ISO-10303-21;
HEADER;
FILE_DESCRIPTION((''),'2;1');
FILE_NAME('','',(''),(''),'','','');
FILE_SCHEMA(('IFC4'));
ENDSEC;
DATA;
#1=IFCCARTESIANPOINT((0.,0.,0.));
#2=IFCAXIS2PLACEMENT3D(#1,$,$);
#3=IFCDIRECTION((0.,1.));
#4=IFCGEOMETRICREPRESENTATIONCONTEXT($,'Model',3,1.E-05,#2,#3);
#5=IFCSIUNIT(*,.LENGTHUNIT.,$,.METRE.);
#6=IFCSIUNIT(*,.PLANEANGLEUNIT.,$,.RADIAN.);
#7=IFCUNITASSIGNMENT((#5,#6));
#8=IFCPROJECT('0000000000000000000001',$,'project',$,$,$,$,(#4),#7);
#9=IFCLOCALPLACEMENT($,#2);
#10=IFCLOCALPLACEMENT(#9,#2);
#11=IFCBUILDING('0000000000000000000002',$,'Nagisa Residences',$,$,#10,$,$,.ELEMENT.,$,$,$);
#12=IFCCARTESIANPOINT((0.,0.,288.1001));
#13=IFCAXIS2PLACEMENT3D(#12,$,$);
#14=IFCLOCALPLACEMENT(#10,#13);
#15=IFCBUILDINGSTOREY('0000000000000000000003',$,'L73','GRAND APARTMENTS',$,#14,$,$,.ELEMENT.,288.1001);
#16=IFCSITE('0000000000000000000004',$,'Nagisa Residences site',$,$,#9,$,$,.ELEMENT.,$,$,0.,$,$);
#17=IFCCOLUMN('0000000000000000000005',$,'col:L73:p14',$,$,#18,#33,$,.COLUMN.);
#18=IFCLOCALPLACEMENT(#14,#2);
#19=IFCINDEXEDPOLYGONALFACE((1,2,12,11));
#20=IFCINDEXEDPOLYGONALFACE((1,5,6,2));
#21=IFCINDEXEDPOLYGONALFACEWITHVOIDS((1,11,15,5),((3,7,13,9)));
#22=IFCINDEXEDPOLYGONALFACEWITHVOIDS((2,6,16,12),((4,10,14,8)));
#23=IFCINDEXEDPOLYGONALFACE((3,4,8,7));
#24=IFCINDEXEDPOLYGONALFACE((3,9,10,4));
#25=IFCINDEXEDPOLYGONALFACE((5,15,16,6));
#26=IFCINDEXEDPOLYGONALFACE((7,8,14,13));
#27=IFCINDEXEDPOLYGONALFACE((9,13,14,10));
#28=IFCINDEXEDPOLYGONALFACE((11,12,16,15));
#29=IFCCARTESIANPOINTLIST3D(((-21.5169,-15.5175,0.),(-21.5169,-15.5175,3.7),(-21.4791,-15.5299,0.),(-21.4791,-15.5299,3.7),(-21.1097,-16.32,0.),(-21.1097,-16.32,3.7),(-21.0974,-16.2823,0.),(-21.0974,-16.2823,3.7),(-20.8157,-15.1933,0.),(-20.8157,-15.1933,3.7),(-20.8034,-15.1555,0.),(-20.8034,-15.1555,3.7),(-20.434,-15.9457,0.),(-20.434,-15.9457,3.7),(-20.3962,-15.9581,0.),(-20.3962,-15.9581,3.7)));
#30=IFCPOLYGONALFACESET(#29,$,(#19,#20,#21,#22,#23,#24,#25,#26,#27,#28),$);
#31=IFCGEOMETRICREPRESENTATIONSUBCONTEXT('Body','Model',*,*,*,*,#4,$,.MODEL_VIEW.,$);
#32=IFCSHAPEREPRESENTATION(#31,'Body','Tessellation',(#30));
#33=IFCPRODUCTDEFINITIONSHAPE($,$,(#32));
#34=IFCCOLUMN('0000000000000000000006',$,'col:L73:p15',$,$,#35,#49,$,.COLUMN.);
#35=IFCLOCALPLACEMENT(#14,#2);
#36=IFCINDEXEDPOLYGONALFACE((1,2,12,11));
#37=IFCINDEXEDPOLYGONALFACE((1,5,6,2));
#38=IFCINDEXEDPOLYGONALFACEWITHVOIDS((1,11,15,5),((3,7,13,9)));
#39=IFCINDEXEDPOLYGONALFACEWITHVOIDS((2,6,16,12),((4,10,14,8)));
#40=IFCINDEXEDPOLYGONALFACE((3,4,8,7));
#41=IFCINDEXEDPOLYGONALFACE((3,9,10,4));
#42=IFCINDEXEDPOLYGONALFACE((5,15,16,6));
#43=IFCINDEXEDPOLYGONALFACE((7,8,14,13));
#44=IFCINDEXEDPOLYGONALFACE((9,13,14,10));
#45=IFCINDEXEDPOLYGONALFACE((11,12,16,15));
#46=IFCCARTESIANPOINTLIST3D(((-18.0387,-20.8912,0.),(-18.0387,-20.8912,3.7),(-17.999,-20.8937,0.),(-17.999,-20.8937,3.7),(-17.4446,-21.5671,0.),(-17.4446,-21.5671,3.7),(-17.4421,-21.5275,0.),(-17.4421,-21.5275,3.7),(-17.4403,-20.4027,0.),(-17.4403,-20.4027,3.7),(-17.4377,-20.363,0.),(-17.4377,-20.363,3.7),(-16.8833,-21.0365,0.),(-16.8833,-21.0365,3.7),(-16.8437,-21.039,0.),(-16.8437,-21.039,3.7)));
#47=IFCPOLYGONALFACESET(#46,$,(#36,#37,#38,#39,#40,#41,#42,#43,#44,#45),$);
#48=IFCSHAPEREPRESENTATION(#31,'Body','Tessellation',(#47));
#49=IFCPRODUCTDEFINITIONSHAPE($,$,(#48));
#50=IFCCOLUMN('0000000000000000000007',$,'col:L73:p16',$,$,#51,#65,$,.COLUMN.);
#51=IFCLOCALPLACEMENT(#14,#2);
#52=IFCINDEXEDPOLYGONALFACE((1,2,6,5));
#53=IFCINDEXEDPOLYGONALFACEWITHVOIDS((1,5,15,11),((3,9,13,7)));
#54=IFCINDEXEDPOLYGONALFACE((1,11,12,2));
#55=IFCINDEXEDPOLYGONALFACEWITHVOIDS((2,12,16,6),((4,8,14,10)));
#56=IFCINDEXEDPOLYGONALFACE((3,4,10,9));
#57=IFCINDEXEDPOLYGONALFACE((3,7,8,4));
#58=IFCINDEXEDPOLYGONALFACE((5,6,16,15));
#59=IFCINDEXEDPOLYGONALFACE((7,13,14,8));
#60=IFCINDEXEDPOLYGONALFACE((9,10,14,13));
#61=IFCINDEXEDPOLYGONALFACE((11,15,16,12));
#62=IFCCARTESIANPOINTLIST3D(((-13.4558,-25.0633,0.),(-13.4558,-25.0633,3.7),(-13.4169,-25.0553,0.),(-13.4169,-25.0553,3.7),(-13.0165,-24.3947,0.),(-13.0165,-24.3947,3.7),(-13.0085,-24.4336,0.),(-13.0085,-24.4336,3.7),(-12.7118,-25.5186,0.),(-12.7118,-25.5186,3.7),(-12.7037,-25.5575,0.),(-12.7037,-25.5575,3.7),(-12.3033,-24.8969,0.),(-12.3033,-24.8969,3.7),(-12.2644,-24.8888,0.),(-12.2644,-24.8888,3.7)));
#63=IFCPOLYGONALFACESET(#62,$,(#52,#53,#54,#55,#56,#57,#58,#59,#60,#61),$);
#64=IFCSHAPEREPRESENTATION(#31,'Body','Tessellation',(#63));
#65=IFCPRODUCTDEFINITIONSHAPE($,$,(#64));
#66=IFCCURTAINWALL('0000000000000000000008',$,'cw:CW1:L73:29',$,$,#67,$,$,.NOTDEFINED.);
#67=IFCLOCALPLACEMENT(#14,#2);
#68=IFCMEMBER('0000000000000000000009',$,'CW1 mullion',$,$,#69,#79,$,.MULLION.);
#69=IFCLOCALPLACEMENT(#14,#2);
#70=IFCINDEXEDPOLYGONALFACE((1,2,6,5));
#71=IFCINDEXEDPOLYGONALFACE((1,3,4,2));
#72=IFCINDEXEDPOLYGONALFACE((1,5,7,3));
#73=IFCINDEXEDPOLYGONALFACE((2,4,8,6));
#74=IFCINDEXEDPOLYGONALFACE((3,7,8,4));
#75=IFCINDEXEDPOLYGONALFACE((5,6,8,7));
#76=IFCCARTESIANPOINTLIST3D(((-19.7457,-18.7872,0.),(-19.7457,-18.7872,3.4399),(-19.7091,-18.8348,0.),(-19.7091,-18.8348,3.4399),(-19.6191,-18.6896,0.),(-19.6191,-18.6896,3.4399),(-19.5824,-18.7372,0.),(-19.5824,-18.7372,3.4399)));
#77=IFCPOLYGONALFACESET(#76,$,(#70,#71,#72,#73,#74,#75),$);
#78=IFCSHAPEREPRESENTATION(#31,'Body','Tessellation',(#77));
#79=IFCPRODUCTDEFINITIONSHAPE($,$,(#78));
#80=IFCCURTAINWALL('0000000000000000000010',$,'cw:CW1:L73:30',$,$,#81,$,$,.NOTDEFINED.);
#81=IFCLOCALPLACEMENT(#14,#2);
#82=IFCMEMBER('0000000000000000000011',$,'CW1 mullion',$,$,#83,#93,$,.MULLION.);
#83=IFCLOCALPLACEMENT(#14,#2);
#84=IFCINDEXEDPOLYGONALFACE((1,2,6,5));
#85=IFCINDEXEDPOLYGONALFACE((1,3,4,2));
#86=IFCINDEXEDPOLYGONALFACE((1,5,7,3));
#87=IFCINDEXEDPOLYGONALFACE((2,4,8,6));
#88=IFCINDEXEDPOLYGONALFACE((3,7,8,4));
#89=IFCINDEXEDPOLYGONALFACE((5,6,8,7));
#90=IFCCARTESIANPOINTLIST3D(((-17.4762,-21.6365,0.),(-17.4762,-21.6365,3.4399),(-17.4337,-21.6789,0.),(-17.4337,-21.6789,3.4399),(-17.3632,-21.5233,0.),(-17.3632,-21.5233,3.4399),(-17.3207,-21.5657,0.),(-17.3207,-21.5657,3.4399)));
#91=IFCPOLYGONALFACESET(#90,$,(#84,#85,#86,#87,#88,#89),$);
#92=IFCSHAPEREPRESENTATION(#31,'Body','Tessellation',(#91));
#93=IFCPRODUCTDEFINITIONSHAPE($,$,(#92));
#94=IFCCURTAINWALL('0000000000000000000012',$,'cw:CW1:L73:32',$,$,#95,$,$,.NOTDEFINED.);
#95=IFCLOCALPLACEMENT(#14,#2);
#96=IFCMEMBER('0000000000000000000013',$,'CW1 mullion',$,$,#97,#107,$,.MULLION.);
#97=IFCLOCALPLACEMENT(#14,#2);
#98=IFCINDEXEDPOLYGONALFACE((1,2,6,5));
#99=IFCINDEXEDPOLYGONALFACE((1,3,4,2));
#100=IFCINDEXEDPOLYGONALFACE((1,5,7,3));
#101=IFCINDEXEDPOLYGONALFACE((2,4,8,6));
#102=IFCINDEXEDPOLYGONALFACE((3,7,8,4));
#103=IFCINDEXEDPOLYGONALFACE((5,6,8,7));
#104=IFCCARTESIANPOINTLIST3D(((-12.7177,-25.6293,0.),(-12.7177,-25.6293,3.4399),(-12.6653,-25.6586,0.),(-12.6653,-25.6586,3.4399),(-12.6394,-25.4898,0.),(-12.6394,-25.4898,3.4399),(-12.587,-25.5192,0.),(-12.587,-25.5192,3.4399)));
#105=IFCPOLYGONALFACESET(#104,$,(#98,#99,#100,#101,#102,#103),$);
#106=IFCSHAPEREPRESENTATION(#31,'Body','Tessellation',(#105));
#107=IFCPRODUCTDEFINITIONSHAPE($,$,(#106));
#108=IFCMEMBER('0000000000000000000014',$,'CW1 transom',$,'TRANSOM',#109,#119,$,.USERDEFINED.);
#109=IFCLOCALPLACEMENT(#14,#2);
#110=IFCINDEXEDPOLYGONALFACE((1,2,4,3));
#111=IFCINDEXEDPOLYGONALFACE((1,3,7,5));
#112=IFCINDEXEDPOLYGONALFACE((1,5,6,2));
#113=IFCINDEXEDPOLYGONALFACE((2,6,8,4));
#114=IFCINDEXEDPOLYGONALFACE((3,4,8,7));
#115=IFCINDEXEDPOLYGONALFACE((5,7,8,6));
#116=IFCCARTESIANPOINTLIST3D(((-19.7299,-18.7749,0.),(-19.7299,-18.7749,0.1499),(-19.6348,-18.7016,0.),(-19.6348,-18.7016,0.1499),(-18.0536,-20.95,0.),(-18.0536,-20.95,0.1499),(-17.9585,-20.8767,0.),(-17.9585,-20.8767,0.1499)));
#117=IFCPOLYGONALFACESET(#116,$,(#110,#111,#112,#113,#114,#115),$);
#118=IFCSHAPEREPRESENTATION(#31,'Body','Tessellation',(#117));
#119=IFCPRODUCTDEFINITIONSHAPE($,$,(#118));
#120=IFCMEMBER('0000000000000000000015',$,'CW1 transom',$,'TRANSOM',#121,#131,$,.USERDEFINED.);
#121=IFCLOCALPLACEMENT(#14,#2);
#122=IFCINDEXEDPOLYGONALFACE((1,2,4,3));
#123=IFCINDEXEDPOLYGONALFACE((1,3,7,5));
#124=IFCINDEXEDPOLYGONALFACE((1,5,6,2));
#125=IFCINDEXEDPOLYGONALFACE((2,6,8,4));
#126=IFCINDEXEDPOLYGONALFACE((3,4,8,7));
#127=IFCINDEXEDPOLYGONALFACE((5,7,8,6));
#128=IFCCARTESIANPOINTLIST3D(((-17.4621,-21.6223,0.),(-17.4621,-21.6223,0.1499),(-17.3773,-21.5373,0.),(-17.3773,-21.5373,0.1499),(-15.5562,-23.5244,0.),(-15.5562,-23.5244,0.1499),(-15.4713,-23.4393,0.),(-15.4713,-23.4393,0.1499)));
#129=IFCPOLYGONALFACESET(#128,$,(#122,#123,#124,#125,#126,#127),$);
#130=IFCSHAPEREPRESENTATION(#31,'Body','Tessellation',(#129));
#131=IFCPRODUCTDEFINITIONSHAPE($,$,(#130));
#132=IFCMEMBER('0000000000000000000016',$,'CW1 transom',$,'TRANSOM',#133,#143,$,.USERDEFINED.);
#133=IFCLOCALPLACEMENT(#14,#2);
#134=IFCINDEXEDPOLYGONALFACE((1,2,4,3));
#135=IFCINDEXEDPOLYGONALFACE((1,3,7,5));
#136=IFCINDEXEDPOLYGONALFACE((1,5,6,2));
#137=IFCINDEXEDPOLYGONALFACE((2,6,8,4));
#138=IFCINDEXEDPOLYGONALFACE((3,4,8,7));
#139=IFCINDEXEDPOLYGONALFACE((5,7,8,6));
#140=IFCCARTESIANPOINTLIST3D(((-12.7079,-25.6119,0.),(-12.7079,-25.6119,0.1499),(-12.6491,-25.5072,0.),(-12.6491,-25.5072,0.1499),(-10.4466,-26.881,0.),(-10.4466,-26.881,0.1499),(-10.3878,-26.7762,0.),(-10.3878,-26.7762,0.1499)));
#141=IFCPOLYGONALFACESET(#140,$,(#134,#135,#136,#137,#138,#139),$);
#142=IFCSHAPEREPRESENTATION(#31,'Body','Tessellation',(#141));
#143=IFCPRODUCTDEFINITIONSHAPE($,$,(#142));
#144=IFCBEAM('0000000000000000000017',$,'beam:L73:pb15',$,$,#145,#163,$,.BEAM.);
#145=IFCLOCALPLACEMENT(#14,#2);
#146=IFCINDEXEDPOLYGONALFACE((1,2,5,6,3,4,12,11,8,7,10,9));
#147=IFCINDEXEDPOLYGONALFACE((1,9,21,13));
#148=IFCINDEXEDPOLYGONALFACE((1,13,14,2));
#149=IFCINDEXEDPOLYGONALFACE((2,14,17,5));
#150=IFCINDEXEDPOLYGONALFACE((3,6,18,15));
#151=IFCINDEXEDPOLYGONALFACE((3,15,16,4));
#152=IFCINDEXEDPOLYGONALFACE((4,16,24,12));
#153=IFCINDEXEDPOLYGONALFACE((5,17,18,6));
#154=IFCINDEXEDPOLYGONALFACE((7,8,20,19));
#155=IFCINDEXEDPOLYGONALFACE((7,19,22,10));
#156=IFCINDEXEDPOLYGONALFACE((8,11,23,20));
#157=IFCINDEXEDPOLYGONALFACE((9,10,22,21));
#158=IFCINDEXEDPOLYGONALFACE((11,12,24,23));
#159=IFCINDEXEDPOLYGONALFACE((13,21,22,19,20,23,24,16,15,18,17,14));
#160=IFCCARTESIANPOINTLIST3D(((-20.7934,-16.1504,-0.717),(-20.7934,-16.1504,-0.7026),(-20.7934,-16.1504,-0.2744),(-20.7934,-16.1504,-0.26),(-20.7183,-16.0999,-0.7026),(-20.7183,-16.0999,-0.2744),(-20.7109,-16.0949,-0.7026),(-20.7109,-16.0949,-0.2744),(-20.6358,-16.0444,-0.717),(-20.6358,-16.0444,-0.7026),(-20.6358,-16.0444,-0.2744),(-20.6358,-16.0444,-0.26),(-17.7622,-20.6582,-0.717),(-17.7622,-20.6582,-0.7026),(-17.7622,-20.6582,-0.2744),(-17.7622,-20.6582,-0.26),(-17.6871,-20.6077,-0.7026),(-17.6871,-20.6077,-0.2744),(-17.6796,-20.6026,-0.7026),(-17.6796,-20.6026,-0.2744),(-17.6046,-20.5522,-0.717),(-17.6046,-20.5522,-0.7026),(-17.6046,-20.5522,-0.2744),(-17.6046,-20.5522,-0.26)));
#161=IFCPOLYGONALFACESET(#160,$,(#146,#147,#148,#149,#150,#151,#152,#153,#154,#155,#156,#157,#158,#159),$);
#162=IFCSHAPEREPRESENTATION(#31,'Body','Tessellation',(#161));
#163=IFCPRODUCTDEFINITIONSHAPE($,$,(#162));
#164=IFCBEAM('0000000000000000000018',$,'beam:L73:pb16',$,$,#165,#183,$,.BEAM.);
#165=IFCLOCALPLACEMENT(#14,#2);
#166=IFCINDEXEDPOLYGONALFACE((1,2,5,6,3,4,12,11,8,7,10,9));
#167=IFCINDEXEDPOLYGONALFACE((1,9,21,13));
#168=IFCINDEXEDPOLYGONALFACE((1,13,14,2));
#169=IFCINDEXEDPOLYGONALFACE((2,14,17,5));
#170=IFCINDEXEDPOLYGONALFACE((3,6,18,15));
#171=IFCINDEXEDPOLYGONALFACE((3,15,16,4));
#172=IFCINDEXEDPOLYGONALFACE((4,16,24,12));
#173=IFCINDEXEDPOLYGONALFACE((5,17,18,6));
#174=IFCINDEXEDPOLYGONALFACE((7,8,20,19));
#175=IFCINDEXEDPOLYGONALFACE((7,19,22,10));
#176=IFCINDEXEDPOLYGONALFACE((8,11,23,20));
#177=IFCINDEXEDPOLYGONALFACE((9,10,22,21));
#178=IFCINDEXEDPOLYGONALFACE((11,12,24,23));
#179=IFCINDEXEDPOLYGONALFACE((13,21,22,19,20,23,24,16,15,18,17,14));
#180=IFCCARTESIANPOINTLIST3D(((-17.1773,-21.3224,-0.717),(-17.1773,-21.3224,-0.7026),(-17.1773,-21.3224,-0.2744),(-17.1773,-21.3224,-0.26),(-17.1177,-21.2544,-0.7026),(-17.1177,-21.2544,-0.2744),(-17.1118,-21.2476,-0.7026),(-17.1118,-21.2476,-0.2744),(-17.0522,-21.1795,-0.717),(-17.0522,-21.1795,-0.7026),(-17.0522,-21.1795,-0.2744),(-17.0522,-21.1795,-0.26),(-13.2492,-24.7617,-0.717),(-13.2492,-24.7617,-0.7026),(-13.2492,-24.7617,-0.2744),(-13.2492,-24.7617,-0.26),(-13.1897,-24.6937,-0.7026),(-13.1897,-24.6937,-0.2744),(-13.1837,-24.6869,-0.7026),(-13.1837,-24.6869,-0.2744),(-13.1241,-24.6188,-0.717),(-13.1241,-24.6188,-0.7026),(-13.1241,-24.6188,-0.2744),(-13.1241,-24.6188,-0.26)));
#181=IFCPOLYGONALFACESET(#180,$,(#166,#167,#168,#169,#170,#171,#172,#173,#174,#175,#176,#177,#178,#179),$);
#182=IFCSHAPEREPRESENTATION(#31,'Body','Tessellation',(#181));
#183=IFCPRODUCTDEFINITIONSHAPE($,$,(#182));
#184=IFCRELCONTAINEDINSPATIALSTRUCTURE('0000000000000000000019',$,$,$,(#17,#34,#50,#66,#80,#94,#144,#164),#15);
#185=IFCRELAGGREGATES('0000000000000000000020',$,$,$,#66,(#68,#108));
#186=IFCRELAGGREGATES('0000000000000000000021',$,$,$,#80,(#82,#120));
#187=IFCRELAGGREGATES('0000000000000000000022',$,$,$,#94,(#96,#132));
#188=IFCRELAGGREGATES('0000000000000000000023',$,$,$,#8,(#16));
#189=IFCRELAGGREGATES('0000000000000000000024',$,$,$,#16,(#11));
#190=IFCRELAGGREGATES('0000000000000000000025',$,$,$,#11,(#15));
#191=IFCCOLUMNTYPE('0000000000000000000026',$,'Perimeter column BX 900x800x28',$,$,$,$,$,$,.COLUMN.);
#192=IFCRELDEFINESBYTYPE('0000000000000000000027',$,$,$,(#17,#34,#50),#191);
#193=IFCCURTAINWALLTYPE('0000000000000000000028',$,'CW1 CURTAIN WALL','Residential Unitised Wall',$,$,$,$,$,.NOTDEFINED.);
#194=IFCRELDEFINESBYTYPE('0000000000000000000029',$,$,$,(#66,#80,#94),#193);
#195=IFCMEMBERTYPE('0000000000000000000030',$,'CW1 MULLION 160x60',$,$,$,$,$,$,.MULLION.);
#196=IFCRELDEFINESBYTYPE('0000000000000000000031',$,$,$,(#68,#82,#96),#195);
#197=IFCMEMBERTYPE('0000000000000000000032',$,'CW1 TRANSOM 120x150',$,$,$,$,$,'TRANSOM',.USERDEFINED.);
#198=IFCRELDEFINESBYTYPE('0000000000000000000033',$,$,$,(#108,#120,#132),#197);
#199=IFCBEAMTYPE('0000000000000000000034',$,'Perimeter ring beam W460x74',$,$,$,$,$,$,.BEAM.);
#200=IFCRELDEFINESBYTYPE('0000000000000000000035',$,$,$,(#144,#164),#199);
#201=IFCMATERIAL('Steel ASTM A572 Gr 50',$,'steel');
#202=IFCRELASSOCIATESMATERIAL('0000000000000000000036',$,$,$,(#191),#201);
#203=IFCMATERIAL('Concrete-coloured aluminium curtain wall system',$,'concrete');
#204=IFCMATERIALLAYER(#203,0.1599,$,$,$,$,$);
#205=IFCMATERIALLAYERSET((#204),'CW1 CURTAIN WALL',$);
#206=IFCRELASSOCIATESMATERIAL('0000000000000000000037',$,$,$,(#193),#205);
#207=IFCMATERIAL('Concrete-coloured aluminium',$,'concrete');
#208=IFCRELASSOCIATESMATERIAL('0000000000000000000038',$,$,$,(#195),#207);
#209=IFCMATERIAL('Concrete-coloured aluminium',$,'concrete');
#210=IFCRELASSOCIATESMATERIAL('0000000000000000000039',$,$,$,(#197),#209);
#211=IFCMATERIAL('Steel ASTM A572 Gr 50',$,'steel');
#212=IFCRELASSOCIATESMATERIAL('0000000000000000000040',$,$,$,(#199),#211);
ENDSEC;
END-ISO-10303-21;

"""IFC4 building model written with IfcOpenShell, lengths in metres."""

from ifc_helpers import new_model, si_unit, direction, frame, origin, origin_2d, place, context, subcontext, project, spatial, rectangle, hollow_rectangle, i_section, extrude, material, layer, layer_set, material_profile, profile_set, type_object, element, aggregate, save


model = new_model("IFC4")

# Units and contexts
model_context = context("Model", 3, precision=1e-05, world=origin(), true_north=direction((0.0, 1.0)))
body_context = subcontext(model_context, "Body", "Model", "MODEL_VIEW")
ifc_project = project(units=[si_unit("LENGTHUNIT", "METRE"), si_unit("PLANEANGLEUNIT", "RADIAN")], contexts=[model_context])

# Site, building, storey
site_placement = place(None, origin())
site = spatial("IfcSite", under=ifc_project, at=site_placement, Name="Nagisa Residences site", CompositionType="ELEMENT", RefElevation=0.0)
building_placement = place(site_placement, origin())
building = spatial("IfcBuilding", under=site, at=building_placement, Name="Nagisa Residences", CompositionType="ELEMENT")
storey_placement = place(building_placement, frame((0.0, 0.0, 288.1001)))
storey = spatial("IfcBuildingStorey", under=building, at=storey_placement, Name="L73", Description="GRAND APARTMENTS", CompositionType="ELEMENT", Elevation=288.1001)

# Columns
ifc_material_1 = material(Name="Steel ASTM A572 Gr 50", Category="steel")
ifc_material_profile_1 = material_profile(ifc_material_1, hollow_rectangle(XDim=0.8999, YDim=0.8, WallThickness=0.0281, at=origin_2d()), Name="BX 900x800x28")
ifc_profile_set_1 = profile_set([ifc_material_profile_1], Name="Steel ASTM A572 Gr 50")
column_type = type_object("IfcColumnType", Name="Perimeter column BX 900x800x28", PredefinedType="COLUMN", material=ifc_profile_set_1)
for number, where, z_axis, x_axis, name in (
    (1, (-20.9565, -15.7378, 0.0), (0.0, 0.0, 1.0), (0.452463, -0.891783, 0.0), "col:L73:p14"),
    (2, (-17.4412, -20.9651, 0.0), (0.0, 0.0, 1.0), (0.660115, -0.751165, 0.0), "col:L73:p15"),
    (3, (-12.8601, -24.9761, 0.0), (0.0, 0.0, 1.0), (0.835766, -0.549086, 0.0), "col:L73:p16"),
):
    element("IfcColumn", number, at=place(storey_placement, frame(where, z_axis=z_axis, x_axis=x_axis)), inside=storey, type_object=column_type, Name=name, PredefinedType="COLUMN", context=body_context, shape_type="SweptSolid", body=[
        extrude(hollow_rectangle(XDim=0.8999, YDim=0.8, WallThickness=0.0281, at=origin_2d()), origin(), (0.0, 0.0, 1.0), 3.7),
    ])

# Curtain walls, members
ifc_material_2 = material(Name="Concrete-coloured aluminium curtain wall system", Category="concrete")
ifc_layer_1 = layer(ifc_material_2, 0.1599)
ifc_layer_set_1 = layer_set([ifc_layer_1], Name="CW1 CURTAIN WALL")
curtain_wall_type = type_object("IfcCurtainWallType", Name="CW1 CURTAIN WALL", Description="Residential Unitised Wall", PredefinedType="NOTDEFINED", material=ifc_layer_set_1)
curtain_wall_1_placement = place(storey_placement, origin())
curtain_wall_1 = element("IfcCurtainWall", 4, at=curtain_wall_1_placement, inside=storey, type_object=curtain_wall_type, Name="cw:CW1:L73:29", PredefinedType="NOTDEFINED")
ifc_material_3 = material(Name="Concrete-coloured aluminium", Category="concrete")
ifc_material_profile_2 = material_profile(ifc_material_3, rectangle(XDim=0.1599, YDim=0.0601, at=origin_2d()), Name="CW1 MULLION 160x60")
ifc_profile_set_2 = profile_set([ifc_material_profile_2], Name="Concrete-coloured aluminium")
member_type_1 = type_object("IfcMemberType", Name="CW1 MULLION 160x60", PredefinedType="MULLION", material=ifc_profile_set_2)
member_1_placement = place(storey_placement, frame((-19.6641, -18.7622, 0.0), z_axis=(0.0, 0.0, 1.0), x_axis=(0.79207, 0.61043, 0.0)))
member_1 = element("IfcMember", 5, at=member_1_placement, type_object=member_type_1, Name="CW1 mullion", PredefinedType="MULLION", context=body_context, shape_type="SweptSolid", body=[
    extrude(rectangle(XDim=0.1599, YDim=0.0601, at=origin_2d()), origin(), (0.0, 0.0, 1.0), 3.4399),
])
curtain_wall_2_placement = place(storey_placement, origin())
curtain_wall_2 = element("IfcCurtainWall", 6, at=curtain_wall_2_placement, inside=storey, type_object=curtain_wall_type, Name="cw:CW1:L73:30", PredefinedType="NOTDEFINED")
member_2_placement = place(storey_placement, frame((-17.3984, -21.6011, 0.0), z_axis=(0.0, 0.0, 1.0), x_axis=(0.706377, 0.707836, 0.0)))
member_2 = element("IfcMember", 7, at=member_2_placement, type_object=member_type_1, Name="CW1 mullion", PredefinedType="MULLION", context=body_context, shape_type="SweptSolid", body=[
    extrude(rectangle(XDim=0.1599, YDim=0.0601, at=origin_2d()), origin(), (0.0, 0.0, 1.0), 3.4399),
])
curtain_wall_3_placement = place(storey_placement, origin())
curtain_wall_3 = element("IfcCurtainWall", 8, at=curtain_wall_3_placement, inside=storey, type_object=curtain_wall_type, Name="cw:CW1:L73:32", PredefinedType="NOTDEFINED")
member_3_placement = place(storey_placement, frame((-12.6523, -25.5742, 0.0), z_axis=(0.0, 0.0, 1.0), x_axis=(0.489377, 0.872072, 0.0)))
member_3 = element("IfcMember", 9, at=member_3_placement, type_object=member_type_1, Name="CW1 mullion", PredefinedType="MULLION", context=body_context, shape_type="SweptSolid", body=[
    extrude(rectangle(XDim=0.1599, YDim=0.0601, at=origin_2d()), origin(), (0.0, 0.0, 1.0), 3.4399),
])

# Members
ifc_material_4 = material(Name="Concrete-coloured aluminium", Category="concrete")
ifc_material_profile_3 = material_profile(ifc_material_4, rectangle(XDim=0.1201, YDim=0.1499, at=origin_2d()), Name="CW1 TRANSOM 120x150")
ifc_profile_set_3 = profile_set([ifc_material_profile_3], Name="Concrete-coloured aluminium")
member_type_2 = type_object("IfcMemberType", Name="CW1 TRANSOM 120x150", ElementType="TRANSOM", PredefinedType="USERDEFINED", material=ifc_profile_set_3)
member_4_placement = place(storey_placement, frame((-19.6824, -18.7383, 0.075), z_axis=(0.610432, -0.792068, 0.0), x_axis=(0.792068, 0.610432, 0.0)))
member_4 = element("IfcMember", 10, at=member_4_placement, type_object=member_type_2, Name="CW1 transom", ObjectType="TRANSOM", PredefinedType="USERDEFINED", context=body_context, shape_type="SweptSolid", body=[
    extrude(rectangle(XDim=0.1201, YDim=0.1499, at=origin_2d()), origin(), (0.0, 0.0, 1.0), 2.7461),
])
member_5_placement = place(storey_placement, frame((-17.4197, -21.5798, 0.075), z_axis=(0.707832, -0.706381, 0.0), x_axis=(0.706381, 0.707832, 0.0)))
member_5 = element("IfcMember", 11, at=member_5_placement, type_object=member_type_2, Name="CW1 transom", ObjectType="TRANSOM", PredefinedType="USERDEFINED", context=body_context, shape_type="SweptSolid", body=[
    extrude(rectangle(XDim=0.1201, YDim=0.1499, at=origin_2d()), origin(), (0.0, 0.0, 1.0), 2.6926),
])
member_6_placement = place(storey_placement, frame((-12.6785, -25.5596, 0.075), z_axis=(0.872053, -0.489412, 0.0), x_axis=(0.489412, 0.872053, 0.0)))
member_6 = element("IfcMember", 12, at=member_6_placement, type_object=member_type_2, Name="CW1 transom", ObjectType="TRANSOM", PredefinedType="USERDEFINED", context=body_context, shape_type="SweptSolid", body=[
    extrude(rectangle(XDim=0.1201, YDim=0.1499, at=origin_2d()), origin(), (0.0, 0.0, 1.0), 2.593),
])

# Beams
ifc_material_5 = material(Name="Steel ASTM A572 Gr 50", Category="steel")
ifc_material_profile_4 = material_profile(ifc_material_5, i_section(OverallWidth=0.1899, OverallDepth=0.457, WebThickness=0.009, FlangeThickness=0.0144, at=origin_2d()), Name="W460x74")
ifc_profile_set_4 = profile_set([ifc_material_profile_4], Name="Steel ASTM A572 Gr 50")
beam_type_1 = type_object("IfcBeamType", Name="Perimeter ring beam W460x74", PredefinedType="BEAM", material=ifc_profile_set_4)
beam_1_placement = place(storey_placement, frame((-20.7146, -16.0974, -0.4885), z_axis=(0.558015, -0.829831, 0.0), x_axis=(0.829831, 0.558015, 0.0)))
element("IfcBeam", 13, at=beam_1_placement, inside=storey, type_object=beam_type_1, Name="beam:L73:pb15", PredefinedType="BEAM", context=body_context, shape_type="SweptSolid", body=[
    extrude(i_section(OverallWidth=0.1899, OverallDepth=0.457, WebThickness=0.009, FlangeThickness=0.0144, at=origin_2d()), origin(), (0.0, 0.0, 1.0), 5.4321),
])
beam_2_placement = place(storey_placement, frame((-17.1147, -21.251, -0.4885), z_axis=(0.752365, -0.658746, 0.0), x_axis=(0.658746, 0.752365, 0.0)))
element("IfcBeam", 14, at=beam_2_placement, inside=storey, type_object=beam_type_1, Name="beam:L73:pb16", PredefinedType="BEAM", context=body_context, shape_type="SweptSolid", body=[
    extrude(i_section(OverallWidth=0.1899, OverallDepth=0.457, WebThickness=0.009, FlangeThickness=0.0144, at=origin_2d()), origin(), (0.0, 0.0, 1.0), 5.2209),
])

aggregate(curtain_wall_1, [member_1, member_4])
aggregate(curtain_wall_2, [member_2, member_5])
aggregate(curtain_wall_3, [member_3, member_6])

save(model, "model.ifc")
